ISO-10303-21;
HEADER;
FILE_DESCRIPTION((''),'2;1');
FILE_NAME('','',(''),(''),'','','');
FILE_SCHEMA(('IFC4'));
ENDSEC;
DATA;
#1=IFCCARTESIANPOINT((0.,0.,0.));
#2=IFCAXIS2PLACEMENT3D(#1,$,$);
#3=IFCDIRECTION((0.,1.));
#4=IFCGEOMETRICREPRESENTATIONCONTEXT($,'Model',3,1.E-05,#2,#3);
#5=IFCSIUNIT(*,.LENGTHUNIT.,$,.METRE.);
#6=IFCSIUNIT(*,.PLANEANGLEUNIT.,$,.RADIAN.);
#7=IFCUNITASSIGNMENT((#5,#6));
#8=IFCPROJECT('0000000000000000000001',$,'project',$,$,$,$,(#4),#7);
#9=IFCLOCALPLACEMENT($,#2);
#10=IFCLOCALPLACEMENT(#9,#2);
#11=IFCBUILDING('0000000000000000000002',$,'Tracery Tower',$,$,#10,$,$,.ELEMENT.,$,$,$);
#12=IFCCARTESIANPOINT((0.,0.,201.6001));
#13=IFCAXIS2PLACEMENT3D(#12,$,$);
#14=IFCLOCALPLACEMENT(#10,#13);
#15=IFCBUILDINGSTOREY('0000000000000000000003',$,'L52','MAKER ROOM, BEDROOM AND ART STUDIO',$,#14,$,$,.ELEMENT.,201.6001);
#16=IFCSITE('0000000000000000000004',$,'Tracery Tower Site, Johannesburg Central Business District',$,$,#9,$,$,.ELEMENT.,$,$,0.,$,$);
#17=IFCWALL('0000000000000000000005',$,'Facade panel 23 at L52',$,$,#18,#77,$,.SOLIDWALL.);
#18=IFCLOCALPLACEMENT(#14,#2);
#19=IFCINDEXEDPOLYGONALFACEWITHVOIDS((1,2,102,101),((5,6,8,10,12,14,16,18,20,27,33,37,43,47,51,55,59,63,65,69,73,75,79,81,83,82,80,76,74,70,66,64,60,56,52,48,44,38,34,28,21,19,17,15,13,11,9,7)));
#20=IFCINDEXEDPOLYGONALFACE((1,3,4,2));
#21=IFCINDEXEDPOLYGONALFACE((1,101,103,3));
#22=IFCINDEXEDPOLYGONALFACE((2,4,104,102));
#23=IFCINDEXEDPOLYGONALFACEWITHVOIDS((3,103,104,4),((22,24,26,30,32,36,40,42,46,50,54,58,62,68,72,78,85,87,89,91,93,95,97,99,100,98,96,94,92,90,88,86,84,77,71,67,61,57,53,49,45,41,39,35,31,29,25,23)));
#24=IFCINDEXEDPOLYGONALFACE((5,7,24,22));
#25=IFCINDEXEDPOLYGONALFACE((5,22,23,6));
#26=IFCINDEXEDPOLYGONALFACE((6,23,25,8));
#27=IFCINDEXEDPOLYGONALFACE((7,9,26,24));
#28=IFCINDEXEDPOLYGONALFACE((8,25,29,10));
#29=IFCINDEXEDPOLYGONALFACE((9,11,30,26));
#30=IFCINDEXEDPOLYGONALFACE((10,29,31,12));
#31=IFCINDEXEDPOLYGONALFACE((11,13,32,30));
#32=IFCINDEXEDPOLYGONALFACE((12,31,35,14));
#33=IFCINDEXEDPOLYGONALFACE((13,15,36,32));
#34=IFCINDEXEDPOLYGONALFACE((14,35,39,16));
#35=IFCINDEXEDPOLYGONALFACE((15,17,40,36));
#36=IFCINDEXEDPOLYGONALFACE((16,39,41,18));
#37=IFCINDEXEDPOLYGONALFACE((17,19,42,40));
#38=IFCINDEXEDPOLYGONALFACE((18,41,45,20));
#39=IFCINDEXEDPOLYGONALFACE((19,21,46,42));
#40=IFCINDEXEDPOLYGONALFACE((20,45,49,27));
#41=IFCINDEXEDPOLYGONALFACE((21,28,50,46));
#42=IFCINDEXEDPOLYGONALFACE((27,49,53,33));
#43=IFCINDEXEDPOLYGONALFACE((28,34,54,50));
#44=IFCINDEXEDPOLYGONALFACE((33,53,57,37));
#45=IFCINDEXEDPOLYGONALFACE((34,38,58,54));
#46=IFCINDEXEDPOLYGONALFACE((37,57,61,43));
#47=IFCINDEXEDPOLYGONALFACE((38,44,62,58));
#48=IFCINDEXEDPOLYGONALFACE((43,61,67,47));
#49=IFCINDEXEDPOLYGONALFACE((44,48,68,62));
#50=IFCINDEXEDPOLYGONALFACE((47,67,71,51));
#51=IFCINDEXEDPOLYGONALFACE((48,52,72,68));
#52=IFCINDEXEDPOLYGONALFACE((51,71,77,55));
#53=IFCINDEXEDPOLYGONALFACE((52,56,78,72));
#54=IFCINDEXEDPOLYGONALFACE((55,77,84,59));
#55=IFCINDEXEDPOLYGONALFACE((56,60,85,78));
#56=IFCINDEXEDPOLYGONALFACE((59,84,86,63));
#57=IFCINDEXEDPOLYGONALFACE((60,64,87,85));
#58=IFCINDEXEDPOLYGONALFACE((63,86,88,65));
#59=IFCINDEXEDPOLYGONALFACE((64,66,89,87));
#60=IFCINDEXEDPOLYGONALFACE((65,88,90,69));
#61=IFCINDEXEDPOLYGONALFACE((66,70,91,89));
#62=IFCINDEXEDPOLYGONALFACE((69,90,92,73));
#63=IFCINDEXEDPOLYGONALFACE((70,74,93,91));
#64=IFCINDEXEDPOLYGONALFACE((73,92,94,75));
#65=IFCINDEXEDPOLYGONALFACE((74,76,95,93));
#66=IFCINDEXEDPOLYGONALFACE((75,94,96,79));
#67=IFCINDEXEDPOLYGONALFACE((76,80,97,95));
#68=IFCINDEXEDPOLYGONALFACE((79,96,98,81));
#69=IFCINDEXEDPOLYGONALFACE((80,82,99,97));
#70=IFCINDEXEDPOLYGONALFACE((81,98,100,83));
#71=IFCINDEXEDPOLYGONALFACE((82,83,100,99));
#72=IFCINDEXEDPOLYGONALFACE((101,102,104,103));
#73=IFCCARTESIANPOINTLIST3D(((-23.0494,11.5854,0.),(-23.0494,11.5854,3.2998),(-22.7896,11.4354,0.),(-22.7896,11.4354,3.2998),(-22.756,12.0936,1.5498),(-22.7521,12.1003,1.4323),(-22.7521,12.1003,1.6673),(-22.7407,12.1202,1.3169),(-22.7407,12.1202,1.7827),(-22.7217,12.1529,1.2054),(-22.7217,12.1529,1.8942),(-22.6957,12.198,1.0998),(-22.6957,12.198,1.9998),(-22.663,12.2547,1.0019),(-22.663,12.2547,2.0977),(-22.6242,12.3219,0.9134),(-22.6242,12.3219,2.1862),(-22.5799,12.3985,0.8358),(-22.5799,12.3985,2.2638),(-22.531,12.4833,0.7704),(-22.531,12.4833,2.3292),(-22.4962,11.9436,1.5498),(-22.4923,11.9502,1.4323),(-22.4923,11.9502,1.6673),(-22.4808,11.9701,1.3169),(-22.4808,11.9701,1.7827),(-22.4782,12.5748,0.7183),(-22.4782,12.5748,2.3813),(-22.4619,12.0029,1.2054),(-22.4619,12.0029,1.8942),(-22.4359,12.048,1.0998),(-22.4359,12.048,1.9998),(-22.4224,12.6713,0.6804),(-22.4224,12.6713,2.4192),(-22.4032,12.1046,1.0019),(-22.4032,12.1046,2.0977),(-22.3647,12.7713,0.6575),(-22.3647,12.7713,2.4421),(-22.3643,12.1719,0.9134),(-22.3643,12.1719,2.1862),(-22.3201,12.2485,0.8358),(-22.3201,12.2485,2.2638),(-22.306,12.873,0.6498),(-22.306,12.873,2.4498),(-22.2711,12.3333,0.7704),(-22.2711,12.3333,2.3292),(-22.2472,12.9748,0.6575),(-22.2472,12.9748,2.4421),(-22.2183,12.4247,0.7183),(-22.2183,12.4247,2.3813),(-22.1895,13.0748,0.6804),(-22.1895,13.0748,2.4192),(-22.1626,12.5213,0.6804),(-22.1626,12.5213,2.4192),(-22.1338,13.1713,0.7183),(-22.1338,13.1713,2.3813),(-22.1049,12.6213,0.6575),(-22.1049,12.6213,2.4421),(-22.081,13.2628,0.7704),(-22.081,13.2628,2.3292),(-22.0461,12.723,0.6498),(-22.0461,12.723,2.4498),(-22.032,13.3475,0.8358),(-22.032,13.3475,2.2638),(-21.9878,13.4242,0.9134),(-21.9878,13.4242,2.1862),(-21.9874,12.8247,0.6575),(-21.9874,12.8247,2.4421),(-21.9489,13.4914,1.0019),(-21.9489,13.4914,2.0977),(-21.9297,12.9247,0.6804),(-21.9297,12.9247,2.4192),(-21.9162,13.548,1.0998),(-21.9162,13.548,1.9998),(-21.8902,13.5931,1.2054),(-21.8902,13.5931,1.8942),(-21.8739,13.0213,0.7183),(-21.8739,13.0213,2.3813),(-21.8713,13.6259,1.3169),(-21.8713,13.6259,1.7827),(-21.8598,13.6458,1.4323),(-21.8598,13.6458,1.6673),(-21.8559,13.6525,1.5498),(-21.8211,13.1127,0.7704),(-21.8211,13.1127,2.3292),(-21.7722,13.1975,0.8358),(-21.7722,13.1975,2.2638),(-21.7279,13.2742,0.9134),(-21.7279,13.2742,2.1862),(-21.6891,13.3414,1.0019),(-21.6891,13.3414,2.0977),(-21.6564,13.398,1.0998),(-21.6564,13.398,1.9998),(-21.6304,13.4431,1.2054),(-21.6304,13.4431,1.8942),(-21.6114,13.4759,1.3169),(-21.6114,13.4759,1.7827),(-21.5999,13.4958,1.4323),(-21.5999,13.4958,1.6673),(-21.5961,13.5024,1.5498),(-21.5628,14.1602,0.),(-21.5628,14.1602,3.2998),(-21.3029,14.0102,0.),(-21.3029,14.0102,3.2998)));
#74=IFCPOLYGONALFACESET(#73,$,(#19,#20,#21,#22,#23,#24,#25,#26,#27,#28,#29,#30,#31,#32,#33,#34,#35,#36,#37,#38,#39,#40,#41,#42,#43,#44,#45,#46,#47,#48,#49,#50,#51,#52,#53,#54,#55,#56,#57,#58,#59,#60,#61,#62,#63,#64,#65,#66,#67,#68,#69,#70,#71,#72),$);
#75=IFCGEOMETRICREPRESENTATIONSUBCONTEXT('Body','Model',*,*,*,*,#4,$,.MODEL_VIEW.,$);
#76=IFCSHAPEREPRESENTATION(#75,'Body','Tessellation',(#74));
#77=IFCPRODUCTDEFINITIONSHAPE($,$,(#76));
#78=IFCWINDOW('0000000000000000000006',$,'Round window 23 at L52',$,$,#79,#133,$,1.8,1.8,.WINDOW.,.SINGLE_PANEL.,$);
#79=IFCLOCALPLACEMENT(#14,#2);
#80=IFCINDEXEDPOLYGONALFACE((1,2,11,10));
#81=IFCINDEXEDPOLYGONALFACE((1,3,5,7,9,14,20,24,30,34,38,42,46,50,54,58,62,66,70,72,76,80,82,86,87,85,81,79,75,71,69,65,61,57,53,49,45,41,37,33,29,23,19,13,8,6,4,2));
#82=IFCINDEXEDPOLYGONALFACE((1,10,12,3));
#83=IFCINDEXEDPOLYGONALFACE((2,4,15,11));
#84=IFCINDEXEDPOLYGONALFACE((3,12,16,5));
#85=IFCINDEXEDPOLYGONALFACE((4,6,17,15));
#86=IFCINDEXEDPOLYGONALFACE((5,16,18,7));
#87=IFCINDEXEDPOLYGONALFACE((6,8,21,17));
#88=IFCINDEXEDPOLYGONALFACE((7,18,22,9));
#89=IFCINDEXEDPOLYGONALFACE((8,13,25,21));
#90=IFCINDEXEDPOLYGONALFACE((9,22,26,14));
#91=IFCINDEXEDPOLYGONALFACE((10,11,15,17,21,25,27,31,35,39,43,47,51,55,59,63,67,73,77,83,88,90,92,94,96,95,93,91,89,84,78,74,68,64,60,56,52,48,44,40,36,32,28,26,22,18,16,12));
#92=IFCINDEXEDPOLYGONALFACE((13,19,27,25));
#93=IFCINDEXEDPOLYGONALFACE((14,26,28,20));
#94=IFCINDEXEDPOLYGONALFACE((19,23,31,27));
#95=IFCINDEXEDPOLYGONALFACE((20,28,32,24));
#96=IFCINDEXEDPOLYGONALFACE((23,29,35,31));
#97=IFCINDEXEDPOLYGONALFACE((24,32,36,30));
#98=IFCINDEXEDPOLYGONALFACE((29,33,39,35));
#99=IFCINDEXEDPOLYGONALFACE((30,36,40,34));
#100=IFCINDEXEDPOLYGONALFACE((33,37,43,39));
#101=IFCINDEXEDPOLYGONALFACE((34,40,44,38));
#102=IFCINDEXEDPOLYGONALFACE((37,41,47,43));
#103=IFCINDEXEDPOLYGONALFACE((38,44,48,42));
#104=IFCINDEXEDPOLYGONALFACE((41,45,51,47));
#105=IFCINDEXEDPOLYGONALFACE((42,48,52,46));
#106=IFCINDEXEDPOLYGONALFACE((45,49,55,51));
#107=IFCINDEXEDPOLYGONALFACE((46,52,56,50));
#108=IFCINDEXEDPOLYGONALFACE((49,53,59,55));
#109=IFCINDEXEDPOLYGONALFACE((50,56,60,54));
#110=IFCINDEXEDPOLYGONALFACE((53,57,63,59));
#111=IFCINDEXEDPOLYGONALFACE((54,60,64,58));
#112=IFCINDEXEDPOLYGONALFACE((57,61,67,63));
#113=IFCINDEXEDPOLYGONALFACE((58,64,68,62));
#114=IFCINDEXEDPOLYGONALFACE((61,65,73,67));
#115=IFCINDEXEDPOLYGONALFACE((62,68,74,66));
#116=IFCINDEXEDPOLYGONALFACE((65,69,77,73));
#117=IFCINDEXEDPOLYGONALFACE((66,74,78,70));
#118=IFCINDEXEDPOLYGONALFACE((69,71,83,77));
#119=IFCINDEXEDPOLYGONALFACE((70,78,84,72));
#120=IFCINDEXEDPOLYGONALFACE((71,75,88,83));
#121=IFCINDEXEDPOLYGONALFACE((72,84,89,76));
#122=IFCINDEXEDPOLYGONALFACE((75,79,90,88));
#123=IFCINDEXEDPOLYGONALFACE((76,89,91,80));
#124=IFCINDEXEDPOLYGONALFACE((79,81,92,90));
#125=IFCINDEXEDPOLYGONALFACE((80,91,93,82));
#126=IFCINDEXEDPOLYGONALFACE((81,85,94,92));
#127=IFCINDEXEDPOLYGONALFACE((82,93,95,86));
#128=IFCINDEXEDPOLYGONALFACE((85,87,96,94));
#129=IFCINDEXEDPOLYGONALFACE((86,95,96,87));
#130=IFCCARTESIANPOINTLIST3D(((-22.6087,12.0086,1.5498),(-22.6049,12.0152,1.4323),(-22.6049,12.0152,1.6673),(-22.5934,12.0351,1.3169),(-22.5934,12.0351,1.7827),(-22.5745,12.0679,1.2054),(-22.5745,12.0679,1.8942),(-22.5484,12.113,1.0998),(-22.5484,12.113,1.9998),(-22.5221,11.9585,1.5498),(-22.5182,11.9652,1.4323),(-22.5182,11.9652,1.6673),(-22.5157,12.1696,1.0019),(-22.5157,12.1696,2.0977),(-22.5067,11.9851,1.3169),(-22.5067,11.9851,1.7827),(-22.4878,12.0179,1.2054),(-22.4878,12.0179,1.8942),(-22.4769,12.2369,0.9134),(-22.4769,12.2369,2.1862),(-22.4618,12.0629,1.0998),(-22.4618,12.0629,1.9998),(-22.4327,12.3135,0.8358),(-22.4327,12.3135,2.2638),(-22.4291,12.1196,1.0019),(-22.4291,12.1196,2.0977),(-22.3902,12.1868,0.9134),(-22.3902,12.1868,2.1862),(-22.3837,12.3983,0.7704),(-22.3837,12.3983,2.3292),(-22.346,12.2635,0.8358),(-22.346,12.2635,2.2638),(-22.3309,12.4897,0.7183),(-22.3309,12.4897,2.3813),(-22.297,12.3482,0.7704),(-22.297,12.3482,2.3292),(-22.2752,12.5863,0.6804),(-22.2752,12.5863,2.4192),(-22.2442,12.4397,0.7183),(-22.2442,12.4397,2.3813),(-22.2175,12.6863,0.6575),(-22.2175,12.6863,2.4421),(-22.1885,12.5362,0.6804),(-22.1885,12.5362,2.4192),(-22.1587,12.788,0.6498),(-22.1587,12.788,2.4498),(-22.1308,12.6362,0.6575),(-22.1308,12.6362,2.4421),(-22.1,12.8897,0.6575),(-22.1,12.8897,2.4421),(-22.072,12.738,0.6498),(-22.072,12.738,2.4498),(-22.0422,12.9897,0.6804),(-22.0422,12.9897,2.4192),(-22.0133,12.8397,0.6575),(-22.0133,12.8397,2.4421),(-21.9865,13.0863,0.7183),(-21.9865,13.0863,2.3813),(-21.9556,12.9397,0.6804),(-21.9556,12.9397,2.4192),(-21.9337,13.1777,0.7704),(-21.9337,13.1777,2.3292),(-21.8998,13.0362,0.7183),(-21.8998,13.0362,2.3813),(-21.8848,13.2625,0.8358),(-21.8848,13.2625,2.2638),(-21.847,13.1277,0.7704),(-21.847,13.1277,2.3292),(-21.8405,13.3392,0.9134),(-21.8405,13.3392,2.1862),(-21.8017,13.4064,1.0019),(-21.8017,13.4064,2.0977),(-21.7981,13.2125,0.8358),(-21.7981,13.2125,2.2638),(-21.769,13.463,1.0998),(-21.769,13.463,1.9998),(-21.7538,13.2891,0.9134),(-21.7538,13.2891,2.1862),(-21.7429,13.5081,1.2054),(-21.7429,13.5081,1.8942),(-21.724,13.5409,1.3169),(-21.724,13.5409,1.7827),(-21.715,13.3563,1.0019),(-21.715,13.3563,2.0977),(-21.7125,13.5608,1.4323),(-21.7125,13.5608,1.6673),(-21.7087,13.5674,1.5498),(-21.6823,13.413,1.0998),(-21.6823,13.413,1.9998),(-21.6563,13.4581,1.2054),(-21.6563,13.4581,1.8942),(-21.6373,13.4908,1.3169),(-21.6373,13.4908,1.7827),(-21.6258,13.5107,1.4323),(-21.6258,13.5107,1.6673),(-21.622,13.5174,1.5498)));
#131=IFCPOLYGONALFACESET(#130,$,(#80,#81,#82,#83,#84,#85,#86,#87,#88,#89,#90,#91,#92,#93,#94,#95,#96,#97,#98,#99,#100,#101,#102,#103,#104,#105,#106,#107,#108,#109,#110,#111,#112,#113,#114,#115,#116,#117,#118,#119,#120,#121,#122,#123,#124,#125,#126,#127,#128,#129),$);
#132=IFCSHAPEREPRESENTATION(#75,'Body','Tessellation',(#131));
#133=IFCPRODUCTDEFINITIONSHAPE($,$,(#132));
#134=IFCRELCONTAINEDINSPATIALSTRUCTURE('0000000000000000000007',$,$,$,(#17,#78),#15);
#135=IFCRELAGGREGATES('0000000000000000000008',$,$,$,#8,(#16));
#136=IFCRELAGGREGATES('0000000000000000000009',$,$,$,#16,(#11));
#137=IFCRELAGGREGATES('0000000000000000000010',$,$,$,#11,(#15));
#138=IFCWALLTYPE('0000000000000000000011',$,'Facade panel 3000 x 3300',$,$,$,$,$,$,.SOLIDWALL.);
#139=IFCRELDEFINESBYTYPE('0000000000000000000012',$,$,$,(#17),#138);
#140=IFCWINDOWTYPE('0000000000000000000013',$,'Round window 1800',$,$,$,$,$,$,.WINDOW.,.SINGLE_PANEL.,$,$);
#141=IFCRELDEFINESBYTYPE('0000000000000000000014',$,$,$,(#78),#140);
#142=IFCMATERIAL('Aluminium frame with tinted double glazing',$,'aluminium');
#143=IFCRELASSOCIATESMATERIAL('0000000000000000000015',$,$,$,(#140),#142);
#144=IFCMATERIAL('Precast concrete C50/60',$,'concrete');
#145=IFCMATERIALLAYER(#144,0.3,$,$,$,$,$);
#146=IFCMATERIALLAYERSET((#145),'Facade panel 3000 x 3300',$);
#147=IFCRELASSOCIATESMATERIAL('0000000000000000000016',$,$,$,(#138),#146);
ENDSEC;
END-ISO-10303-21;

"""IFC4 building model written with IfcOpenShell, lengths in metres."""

from ifc_helpers import new_model, si_unit, direction, frame, frame_2d, origin, origin_2d, place, context, subcontext, project, spatial, rectangle, circle, extrude, material, layer, layer_set, type_object, element, fill, save


model = new_model("IFC4")

# Units and contexts
model_context = context("Model", 3, precision=1e-05, world=origin(), true_north=direction((0.0, 1.0)))
body_context = subcontext(model_context, "Body", "Model", "MODEL_VIEW")
ifc_project = project(units=[si_unit("LENGTHUNIT", "METRE"), si_unit("PLANEANGLEUNIT", "RADIAN")], contexts=[model_context])

# Site, building, storey
site_placement = place(None, origin())
site = spatial("IfcSite", under=ifc_project, at=site_placement, Name="Tracery Tower Site, Johannesburg Central Business District", CompositionType="ELEMENT", RefElevation=0.0)
building_placement = place(site_placement, origin())
building = spatial("IfcBuilding", under=site, at=building_placement, Name="Tracery Tower", CompositionType="ELEMENT")
storey_placement = place(building_placement, frame((0.0, 0.0, 201.6001)))
storey = spatial("IfcBuildingStorey", under=building, at=storey_placement, Name="L52", Description="MAKER ROOM, BEDROOM AND ART STUDIO", CompositionType="ELEMENT", Elevation=201.6001)

# Wall, opening, window
ifc_material_1 = material(Name="Aluminium frame with tinted double glazing", Category="aluminium")
window_type = type_object("IfcWindowType", Name="Round window 1800", PartitioningType="SINGLE_PANEL", PredefinedType="WINDOW", material=ifc_material_1)
ifc_material_2 = material(Name="Precast concrete C50/60", Category="concrete")
ifc_layer_1 = layer(ifc_material_2, 0.3)
ifc_layer_set_1 = layer_set([ifc_layer_1], Name="Facade panel 3000 x 3300")
wall_type_1 = type_object("IfcWallType", Name="Facade panel 3000 x 3300", PredefinedType="SOLIDWALL", material=ifc_layer_set_1)
wall_1_placement = place(storey_placement, frame((-21.4329, 14.0852, 0.0), z_axis=(0.0, 0.0, 1.0), x_axis=(-0.500016, -0.866016, 0.0)))
wall_1 = element("IfcWall", 1, at=wall_1_placement, inside=storey, type_object=wall_type_1, Name="Facade panel 23 at L52", PredefinedType="SOLIDWALL", context=body_context, shape_type="SweptSolid", body=[
    extrude(rectangle(XDim=2.9731, YDim=0.3, at=frame_2d((1.4866, 0.0))), origin(), (0.0, 0.0, 1.0), 3.2998),
])
opening_1_placement = place(wall_1_placement, frame((1.4863, 0.0, 1.5498)))
opening_1 = element("IfcOpeningElement", 2, at=opening_1_placement, cuts=wall_1, PredefinedType="OPENING", context=body_context, shape_type="SweptSolid", body=[
    extrude(circle(Radius=0.9, at=origin_2d()), frame((0.0, 0.1599, 0.0), z_axis=(0.0, -1.0, 0.0), x_axis=(1.0, 0.0, 0.0)), (0.0, 0.0, 1.0), 0.3201),
])
window_1_placement = place(opening_1_placement, origin())
window_1 = element("IfcWindow", 3, at=window_1_placement, inside=storey, type_object=window_type, Name="Round window 23 at L52", OverallHeight=1.8, OverallWidth=1.8, PartitioningType="SINGLE_PANEL", PredefinedType="WINDOW", context=body_context, shape_type="SweptSolid", body=[
    extrude(circle(Radius=0.9, at=origin_2d()), frame((0.0, 0.1201, 0.0), z_axis=(0.0, -1.0, 0.0), x_axis=(1.0, 0.0, 0.0)), (0.0, 0.0, 1.0), 0.1001),
])
fill(opening_1, window_1)

save(model, "model.ifc")
